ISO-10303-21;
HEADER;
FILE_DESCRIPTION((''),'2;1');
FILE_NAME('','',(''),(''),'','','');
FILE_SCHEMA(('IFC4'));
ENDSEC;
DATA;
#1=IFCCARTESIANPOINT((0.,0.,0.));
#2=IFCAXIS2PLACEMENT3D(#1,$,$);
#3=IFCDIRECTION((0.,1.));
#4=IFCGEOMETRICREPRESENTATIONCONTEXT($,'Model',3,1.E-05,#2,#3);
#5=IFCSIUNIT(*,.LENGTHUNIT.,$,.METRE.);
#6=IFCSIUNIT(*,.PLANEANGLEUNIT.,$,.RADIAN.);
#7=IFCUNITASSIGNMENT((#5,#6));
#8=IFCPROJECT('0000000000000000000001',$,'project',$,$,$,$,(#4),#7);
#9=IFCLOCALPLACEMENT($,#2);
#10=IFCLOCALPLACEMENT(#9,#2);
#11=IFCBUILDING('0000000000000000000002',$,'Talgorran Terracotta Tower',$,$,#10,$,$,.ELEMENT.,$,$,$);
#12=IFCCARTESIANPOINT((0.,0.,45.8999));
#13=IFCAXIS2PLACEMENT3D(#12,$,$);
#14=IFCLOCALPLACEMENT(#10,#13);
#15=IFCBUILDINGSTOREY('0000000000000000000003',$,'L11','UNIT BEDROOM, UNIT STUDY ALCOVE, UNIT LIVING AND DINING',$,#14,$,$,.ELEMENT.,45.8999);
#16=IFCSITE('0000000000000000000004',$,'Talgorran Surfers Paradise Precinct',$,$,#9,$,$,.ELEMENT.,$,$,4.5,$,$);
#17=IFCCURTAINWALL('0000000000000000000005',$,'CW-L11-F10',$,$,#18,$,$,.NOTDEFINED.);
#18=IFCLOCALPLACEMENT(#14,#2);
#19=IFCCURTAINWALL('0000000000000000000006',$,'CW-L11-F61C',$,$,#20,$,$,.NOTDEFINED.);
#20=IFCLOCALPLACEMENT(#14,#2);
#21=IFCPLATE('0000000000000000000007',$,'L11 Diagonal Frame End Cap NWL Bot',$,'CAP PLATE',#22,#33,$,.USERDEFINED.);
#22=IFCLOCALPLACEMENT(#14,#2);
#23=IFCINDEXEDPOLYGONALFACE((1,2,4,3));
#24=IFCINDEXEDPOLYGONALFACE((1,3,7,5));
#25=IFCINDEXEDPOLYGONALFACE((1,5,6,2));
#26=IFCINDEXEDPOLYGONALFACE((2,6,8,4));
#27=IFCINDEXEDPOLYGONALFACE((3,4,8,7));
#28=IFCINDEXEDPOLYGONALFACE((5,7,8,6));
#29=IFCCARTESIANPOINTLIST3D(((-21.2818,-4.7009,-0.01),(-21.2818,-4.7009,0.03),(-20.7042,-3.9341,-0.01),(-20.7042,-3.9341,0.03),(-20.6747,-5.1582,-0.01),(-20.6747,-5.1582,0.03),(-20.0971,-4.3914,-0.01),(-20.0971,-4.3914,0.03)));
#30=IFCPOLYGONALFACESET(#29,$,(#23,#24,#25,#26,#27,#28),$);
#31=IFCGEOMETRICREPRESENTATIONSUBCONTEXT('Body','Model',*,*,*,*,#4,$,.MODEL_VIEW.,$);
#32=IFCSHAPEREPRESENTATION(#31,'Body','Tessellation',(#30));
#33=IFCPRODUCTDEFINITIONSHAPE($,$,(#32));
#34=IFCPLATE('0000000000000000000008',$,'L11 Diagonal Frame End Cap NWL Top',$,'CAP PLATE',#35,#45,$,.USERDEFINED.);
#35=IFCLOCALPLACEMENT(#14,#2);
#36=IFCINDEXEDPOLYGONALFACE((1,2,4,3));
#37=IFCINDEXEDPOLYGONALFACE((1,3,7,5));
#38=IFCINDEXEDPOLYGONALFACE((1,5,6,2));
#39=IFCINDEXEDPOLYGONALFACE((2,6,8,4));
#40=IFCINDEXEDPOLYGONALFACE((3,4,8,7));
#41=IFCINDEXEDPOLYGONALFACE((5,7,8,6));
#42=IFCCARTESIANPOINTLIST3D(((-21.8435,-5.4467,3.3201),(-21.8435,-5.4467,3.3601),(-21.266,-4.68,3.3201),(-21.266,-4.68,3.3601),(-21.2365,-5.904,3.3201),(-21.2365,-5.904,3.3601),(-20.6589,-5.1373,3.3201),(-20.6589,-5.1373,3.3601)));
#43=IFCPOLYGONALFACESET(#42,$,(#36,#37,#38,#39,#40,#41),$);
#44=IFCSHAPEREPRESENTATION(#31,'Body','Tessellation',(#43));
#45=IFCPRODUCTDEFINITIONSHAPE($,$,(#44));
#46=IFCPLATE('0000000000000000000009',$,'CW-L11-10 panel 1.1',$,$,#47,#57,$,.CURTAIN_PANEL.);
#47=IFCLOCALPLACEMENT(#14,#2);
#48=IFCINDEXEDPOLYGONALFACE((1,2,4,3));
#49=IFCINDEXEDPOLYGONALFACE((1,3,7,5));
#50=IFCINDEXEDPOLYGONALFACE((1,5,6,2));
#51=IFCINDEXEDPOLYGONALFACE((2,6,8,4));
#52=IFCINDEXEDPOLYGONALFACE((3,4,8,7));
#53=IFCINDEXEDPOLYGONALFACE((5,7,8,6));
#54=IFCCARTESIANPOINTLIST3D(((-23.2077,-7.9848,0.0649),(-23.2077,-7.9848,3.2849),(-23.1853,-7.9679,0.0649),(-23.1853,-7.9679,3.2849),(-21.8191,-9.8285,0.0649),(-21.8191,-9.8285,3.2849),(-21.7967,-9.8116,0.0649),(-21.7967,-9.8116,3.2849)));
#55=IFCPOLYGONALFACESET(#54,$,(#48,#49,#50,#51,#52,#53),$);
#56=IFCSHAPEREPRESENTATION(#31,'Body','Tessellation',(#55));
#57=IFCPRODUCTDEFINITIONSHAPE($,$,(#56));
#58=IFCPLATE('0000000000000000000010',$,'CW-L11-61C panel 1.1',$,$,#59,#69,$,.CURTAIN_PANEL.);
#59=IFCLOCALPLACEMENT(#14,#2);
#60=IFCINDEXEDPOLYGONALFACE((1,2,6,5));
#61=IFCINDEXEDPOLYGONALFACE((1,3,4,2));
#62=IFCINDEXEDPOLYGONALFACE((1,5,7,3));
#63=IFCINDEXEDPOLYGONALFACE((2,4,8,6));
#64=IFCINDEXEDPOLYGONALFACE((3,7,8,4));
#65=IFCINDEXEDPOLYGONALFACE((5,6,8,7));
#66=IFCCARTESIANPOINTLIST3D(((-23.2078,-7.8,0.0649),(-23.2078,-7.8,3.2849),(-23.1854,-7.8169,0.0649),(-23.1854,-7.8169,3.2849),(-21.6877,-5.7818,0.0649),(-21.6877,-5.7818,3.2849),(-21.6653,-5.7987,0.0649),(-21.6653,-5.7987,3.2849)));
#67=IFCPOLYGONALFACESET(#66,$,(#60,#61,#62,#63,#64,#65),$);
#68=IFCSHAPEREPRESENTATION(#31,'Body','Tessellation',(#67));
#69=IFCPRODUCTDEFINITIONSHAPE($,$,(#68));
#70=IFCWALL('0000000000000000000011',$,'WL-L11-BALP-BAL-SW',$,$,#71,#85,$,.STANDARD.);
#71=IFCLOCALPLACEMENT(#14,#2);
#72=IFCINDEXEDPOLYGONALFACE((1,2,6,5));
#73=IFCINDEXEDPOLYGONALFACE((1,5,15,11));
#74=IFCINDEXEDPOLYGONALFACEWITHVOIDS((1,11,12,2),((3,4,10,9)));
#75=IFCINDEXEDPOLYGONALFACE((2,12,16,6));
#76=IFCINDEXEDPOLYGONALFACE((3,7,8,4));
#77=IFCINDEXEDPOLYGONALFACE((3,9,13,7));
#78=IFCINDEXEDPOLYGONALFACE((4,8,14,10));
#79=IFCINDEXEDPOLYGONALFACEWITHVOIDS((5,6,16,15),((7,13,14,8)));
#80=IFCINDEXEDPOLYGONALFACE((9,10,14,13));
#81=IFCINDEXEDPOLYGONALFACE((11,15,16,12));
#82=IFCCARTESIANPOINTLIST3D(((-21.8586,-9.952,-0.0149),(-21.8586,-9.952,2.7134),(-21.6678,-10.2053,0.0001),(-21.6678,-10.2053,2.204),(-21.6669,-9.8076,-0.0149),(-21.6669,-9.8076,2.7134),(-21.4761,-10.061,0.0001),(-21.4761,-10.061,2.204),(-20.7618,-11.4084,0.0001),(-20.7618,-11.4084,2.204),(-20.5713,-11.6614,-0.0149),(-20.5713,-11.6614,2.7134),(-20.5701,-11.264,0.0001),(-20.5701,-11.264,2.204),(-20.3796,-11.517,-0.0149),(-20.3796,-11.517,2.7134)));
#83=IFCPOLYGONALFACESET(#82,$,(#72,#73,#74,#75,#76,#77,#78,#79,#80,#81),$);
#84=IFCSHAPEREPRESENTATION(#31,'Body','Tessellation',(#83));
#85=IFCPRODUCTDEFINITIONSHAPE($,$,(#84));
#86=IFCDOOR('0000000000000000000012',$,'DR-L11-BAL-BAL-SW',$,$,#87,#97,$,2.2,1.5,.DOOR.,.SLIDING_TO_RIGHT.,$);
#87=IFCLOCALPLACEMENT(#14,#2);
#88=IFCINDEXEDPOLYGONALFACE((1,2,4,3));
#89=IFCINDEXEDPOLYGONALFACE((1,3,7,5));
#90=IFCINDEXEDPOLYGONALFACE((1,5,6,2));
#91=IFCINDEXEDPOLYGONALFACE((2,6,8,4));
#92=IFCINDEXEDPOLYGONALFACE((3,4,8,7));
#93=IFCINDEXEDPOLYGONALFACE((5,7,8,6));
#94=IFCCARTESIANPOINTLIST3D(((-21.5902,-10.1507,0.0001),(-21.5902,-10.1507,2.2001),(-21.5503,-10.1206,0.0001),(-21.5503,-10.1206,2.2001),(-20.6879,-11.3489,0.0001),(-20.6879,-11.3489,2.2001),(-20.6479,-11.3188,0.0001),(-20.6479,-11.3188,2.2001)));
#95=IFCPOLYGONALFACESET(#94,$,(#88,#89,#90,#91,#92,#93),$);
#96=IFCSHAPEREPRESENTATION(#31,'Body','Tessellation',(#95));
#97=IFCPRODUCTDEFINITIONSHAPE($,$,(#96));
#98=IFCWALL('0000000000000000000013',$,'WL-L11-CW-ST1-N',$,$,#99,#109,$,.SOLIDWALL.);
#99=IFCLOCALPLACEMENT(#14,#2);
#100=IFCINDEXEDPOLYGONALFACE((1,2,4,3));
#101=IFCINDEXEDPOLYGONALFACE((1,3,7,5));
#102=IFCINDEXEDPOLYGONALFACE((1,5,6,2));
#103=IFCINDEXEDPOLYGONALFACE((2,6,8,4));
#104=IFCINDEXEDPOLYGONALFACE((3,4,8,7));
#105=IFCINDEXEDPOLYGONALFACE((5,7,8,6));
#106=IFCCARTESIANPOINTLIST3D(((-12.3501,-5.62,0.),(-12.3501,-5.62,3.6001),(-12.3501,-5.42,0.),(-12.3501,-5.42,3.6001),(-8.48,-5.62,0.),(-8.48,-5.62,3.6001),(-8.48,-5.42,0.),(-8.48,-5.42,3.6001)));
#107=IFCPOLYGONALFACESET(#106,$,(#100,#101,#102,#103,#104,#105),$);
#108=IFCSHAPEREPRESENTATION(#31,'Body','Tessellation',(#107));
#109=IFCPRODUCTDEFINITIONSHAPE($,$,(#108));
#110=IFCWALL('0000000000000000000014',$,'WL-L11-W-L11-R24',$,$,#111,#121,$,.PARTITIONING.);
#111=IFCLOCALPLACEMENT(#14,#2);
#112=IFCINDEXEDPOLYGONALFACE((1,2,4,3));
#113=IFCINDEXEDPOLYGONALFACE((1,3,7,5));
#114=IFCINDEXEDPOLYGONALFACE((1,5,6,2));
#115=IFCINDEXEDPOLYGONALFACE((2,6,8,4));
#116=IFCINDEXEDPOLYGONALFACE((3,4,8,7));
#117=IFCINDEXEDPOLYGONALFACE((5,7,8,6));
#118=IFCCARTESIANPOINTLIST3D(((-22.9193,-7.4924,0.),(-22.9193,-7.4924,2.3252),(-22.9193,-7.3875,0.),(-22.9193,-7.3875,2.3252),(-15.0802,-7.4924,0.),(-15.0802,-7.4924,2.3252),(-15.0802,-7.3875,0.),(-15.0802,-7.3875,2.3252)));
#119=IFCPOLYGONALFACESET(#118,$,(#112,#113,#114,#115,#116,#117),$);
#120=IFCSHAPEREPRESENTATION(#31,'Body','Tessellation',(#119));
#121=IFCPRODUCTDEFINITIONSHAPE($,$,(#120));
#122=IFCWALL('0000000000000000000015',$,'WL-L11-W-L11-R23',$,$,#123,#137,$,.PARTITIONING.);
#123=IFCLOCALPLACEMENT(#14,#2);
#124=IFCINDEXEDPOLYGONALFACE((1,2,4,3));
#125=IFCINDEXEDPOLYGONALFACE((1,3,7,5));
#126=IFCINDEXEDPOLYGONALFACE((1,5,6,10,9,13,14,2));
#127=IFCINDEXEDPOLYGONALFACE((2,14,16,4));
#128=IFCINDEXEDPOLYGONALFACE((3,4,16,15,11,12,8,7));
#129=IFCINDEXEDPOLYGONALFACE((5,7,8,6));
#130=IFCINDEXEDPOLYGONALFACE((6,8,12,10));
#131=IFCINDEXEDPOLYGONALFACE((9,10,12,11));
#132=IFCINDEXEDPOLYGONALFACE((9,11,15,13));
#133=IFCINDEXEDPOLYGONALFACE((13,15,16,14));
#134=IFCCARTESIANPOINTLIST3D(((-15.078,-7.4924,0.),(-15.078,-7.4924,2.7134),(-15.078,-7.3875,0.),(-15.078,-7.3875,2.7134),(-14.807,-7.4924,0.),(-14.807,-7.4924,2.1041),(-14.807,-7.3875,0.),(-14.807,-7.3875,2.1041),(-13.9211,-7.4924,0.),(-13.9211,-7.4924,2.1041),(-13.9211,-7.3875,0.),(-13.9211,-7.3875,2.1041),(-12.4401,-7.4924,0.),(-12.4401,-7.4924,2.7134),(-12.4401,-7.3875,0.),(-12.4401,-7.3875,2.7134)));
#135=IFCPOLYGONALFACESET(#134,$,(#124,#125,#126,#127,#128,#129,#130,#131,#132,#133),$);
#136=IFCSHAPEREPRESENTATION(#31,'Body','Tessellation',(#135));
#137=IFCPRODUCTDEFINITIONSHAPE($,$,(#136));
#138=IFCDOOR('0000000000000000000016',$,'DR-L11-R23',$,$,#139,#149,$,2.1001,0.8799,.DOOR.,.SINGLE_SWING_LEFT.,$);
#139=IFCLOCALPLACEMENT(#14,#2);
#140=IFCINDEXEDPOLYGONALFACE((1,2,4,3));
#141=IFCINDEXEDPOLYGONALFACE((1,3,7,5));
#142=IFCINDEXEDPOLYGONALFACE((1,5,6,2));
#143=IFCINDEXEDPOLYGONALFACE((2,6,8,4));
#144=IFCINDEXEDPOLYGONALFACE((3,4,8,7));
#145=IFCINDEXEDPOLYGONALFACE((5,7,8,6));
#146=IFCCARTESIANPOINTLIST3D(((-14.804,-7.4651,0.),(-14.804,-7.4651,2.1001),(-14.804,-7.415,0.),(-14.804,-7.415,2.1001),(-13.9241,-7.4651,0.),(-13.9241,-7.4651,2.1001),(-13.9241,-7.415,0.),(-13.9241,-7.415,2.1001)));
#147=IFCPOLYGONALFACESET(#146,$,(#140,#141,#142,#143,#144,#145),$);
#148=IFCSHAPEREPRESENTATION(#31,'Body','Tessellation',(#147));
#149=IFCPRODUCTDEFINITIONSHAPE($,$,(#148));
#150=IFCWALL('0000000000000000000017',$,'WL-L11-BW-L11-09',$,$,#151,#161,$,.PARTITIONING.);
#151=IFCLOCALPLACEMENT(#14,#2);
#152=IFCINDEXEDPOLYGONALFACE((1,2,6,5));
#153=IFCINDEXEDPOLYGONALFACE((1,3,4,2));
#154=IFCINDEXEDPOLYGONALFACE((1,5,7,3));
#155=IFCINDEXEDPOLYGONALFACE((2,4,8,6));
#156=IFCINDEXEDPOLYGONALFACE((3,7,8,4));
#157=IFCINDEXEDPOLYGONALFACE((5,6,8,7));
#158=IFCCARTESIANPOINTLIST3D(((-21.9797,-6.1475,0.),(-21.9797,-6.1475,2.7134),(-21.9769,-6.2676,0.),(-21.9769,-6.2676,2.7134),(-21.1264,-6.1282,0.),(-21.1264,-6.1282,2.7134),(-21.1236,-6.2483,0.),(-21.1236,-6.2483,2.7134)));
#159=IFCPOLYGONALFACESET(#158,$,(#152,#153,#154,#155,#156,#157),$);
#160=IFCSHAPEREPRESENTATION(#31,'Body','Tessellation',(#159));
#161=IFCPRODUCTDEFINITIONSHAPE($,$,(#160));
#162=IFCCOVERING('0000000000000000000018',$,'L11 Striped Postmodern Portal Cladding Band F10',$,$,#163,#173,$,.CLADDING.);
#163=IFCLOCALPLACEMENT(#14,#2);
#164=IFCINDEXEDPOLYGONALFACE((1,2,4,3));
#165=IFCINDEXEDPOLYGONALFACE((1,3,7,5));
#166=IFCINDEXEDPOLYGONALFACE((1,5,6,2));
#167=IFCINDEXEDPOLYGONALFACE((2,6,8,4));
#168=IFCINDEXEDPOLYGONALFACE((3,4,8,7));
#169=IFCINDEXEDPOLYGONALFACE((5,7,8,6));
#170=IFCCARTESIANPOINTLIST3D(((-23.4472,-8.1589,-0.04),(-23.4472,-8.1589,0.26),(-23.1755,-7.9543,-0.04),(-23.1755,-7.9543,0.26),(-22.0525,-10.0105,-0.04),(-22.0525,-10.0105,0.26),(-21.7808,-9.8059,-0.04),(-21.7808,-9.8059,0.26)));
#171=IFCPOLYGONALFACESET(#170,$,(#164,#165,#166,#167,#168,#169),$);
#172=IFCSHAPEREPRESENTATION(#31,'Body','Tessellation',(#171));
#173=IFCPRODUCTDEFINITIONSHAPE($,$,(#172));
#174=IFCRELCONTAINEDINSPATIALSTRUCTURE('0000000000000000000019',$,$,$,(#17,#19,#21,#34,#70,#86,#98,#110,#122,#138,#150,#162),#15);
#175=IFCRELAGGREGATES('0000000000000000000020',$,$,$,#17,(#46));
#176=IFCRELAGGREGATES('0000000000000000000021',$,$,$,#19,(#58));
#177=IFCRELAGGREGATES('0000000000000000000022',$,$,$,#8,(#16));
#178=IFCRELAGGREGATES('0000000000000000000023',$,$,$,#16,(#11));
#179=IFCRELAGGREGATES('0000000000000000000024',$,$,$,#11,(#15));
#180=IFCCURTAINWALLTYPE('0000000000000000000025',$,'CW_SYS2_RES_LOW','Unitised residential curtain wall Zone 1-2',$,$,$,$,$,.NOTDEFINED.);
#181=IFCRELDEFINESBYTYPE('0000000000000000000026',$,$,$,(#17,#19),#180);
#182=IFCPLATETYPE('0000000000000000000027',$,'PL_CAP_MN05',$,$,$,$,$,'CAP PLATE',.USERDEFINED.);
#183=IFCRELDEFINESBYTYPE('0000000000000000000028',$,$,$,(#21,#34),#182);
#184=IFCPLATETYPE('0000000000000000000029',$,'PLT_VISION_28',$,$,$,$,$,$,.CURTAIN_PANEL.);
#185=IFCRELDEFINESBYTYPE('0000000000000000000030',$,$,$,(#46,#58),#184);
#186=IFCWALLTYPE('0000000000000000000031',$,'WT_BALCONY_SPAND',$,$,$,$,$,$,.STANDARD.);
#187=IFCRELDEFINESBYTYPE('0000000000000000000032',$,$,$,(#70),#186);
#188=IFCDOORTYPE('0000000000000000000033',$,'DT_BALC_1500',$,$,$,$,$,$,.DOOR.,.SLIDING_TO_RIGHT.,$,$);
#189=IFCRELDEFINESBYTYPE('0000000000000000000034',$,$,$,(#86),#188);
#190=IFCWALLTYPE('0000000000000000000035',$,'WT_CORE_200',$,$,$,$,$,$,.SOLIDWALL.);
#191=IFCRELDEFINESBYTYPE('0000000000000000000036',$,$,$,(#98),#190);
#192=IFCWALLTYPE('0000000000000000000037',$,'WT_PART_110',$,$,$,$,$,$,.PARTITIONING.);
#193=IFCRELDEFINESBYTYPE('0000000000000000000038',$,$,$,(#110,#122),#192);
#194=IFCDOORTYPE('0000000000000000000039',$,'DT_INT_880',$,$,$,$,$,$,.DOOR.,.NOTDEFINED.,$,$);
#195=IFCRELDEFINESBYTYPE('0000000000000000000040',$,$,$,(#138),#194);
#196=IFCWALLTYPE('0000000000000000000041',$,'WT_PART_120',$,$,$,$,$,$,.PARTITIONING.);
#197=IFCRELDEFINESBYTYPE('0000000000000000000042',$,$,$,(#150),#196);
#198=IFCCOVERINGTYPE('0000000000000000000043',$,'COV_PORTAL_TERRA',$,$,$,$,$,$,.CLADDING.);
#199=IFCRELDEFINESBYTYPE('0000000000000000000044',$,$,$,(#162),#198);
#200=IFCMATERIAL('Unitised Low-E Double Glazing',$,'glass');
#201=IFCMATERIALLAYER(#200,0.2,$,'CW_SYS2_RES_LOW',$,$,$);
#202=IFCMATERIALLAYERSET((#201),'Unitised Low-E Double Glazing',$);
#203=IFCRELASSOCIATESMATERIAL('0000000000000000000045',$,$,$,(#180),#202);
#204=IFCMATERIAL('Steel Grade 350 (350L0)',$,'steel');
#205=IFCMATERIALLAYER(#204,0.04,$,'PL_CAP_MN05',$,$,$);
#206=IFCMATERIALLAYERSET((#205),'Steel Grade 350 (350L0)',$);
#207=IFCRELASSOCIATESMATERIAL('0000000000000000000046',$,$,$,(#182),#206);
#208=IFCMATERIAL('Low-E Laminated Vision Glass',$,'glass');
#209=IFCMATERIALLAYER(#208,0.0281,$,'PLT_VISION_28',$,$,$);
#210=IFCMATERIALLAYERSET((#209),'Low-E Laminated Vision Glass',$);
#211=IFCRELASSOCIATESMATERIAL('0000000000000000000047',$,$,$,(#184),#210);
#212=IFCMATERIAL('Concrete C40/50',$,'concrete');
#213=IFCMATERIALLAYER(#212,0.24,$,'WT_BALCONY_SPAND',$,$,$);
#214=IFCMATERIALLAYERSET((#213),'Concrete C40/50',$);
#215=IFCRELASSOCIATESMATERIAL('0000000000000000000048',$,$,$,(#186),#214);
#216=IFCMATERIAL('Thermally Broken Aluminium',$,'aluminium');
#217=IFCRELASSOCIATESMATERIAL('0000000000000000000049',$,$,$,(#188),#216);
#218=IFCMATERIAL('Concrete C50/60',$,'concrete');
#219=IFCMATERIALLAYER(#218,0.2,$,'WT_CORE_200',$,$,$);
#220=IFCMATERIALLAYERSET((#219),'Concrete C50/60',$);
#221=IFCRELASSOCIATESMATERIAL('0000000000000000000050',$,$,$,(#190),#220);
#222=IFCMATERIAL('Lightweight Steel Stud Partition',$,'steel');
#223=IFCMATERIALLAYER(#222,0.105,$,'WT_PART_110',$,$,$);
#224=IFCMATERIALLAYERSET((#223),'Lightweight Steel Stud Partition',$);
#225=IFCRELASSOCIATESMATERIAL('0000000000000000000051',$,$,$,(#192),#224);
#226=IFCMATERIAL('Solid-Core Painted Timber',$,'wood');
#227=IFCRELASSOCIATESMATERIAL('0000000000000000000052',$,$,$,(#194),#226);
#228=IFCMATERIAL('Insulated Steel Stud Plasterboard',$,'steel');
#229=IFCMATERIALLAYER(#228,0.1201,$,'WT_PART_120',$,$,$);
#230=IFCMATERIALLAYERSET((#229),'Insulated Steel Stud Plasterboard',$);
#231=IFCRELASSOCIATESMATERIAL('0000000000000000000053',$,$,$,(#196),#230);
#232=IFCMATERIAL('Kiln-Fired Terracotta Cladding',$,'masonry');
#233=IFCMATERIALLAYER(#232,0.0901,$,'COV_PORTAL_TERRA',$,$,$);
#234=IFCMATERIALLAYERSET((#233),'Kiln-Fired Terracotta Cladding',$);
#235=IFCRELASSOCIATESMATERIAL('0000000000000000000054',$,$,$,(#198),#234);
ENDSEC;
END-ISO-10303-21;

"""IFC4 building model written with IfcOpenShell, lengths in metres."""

from ifc_helpers import new_model, si_unit, direction, frame, frame_2d, origin, origin_2d, place, context, subcontext, project, spatial, rectangle, extrude, source, transform, mapped, material, layer, layer_set, type_object, type_shapes, element, fill, aggregate, save


model = new_model("IFC4")

# Units and contexts
model_context = context("Model", 3, precision=1e-05, world=origin(), true_north=direction((0.0, 1.0)))
body_context = subcontext(model_context, "Body", "Model", "MODEL_VIEW")
ifc_project = project(units=[si_unit("LENGTHUNIT", "METRE"), si_unit("PLANEANGLEUNIT", "RADIAN")], contexts=[model_context])

# Site, building, storey
site_placement = place(None, origin())
site = spatial("IfcSite", under=ifc_project, at=site_placement, Name="Talgorran Surfers Paradise Precinct", CompositionType="ELEMENT", RefElevation=4.5)
building_placement = place(site_placement, origin())
building = spatial("IfcBuilding", under=site, at=building_placement, Name="Talgorran Terracotta Tower", CompositionType="ELEMENT")
storey_placement = place(building_placement, frame((0.0, 0.0, 45.8999)))
storey = spatial("IfcBuildingStorey", under=building, at=storey_placement, Name="L11", Description="UNIT BEDROOM, UNIT STUDY ALCOVE, UNIT LIVING AND DINING", CompositionType="ELEMENT", Elevation=45.8999)

# Shared definitions
ifc_material_1 = material(Name="Steel Grade 350 (350L0)", Category="steel")

# Curtain wall
ifc_material_2 = material(Name="Unitised Low-E Double Glazing", Category="glass")
ifc_layer_1 = layer(ifc_material_2, 0.2, Name="CW_SYS2_RES_LOW")
ifc_layer_set_1 = layer_set([ifc_layer_1], Name="Unitised Low-E Double Glazing")
curtain_wall_type = type_object("IfcCurtainWallType", Name="CW_SYS2_RES_LOW", Description="Unitised residential curtain wall Zone 1-2", PredefinedType="NOTDEFINED", material=ifc_layer_set_1)
curtain_wall_1_placement = place(storey_placement, origin())
curtain_wall_1 = element("IfcCurtainWall", 1, at=curtain_wall_1_placement, inside=storey, type_object=curtain_wall_type, Name="CW-L11-F10", PredefinedType="NOTDEFINED")

# Curtain wall
curtain_wall_2_placement = place(storey_placement, origin())
curtain_wall_2 = element("IfcCurtainWall", 2, at=curtain_wall_2_placement, inside=storey, type_object=curtain_wall_type, Name="CW-L11-F61C", PredefinedType="NOTDEFINED")

# Plates
ifc_layer_2 = layer(ifc_material_1, 0.04, Name="PL_CAP_MN05")
ifc_layer_set_2 = layer_set([ifc_layer_2], Name="Steel Grade 350 (350L0)")
plate_type_1 = type_object("IfcPlateType", Name="PL_CAP_MN05", ElementType="CAP PLATE", PredefinedType="USERDEFINED", material=ifc_layer_set_2)
for number, where, z_axis, x_axis, name in (
    (3, (-20.6895, -4.5461, -0.01), (0.0, 0.0, 1.0), (-0.601676, -0.798741, 0.0), "L11 Diagonal Frame End Cap NWL Bot"),
    (4, (-21.2512, -5.292, 3.3201), (0.0, 0.0, 1.0), (-0.601676, -0.798741, 0.0), "L11 Diagonal Frame End Cap NWL Top"),
):
    element("IfcPlate", number, at=place(storey_placement, frame(where, z_axis=z_axis, x_axis=x_axis)), inside=storey, type_object=plate_type_1, Name=name, ObjectType="CAP PLATE", PredefinedType="USERDEFINED", context=body_context, shape_type="SweptSolid", body=[
        extrude(rectangle(XDim=0.96, YDim=0.76, at=origin_2d()), origin(), (0.0, 0.0, 1.0), 0.04),
    ])

# Plates
ifc_material_3 = material(Name="Low-E Laminated Vision Glass", Category="glass")
ifc_layer_3 = layer(ifc_material_3, 0.0281, Name="PLT_VISION_28")
ifc_layer_set_3 = layer_set([ifc_layer_3], Name="Low-E Laminated Vision Glass")
plate_type_2 = type_object("IfcPlateType", Name="PLT_VISION_28", PredefinedType="CURTAIN_PANEL", material=ifc_layer_set_3)
shared_shape_1 = source(origin(), body_context, "Body", "SweptSolid", [
    extrude(rectangle(XDim=2.3081, YDim=0.0281, at=origin_2d()), origin(), (0.0, 0.0, 1.0), 3.22),
])
plate_1_placement = place(storey_placement, frame((-22.5022, -8.8982, 0.0649), z_axis=(0.0, 0.0, 1.0), x_axis=(0.601646, -0.798763, 0.0)))
plate_1 = element("IfcPlate", 5, at=plate_1_placement, type_object=plate_type_2, Name="CW-L11-10 panel 1.1", PredefinedType="CURTAIN_PANEL", context=body_context, shape_type="MappedRepresentation", body=[
    mapped(shared_shape_1, transform((0.0, 0.0, 0.0), scale=1.0)),
])
aggregate(curtain_wall_1, [plate_1])
shared_shape_2 = source(origin(), body_context, "Body", "SweptSolid", [
    extrude(rectangle(XDim=2.5266, YDim=0.0281, at=origin_2d()), origin(), (0.0, 0.0, 1.0), 3.22),
])
type_shapes(plate_type_2, [shared_shape_1, shared_shape_2])
plate_2_placement = place(storey_placement, frame((-22.4365, -6.7993, 0.0649), z_axis=(0.0, 0.0, 1.0), x_axis=(-0.601637, -0.79877, 0.0)))
plate_2 = element("IfcPlate", 6, at=plate_2_placement, type_object=plate_type_2, Name="CW-L11-61C panel 1.1", PredefinedType="CURTAIN_PANEL", context=body_context, shape_type="MappedRepresentation", body=[
    mapped(shared_shape_2, transform((0.0, 0.0, 0.0), scale=1.0)),
])
aggregate(curtain_wall_2, [plate_2])

# Wall, opening, door
ifc_material_4 = material(Name="Concrete C40/50", Category="concrete")
ifc_layer_4 = layer(ifc_material_4, 0.24, Name="WT_BALCONY_SPAND")
ifc_layer_set_4 = layer_set([ifc_layer_4], Name="Concrete C40/50")
wall_type_1 = type_object("IfcWallType", Name="WT_BALCONY_SPAND", PredefinedType="STANDARD", material=ifc_layer_set_4)
wall_1_placement = place(storey_placement, frame((-21.7627, -9.8799, -0.0149), z_axis=(0.0, 0.0, 1.0), x_axis=(0.601569, -0.798821, 0.0)))
wall_1 = element("IfcWall", 7, at=wall_1_placement, inside=storey, type_object=wall_type_1, Name="WL-L11-BALP-BAL-SW", PredefinedType="STANDARD", context=body_context, shape_type="SweptSolid", body=[
    extrude(rectangle(XDim=2.1399, YDim=0.24, at=frame_2d((1.0698, 0.0))), origin(), (0.0, 0.0, 1.0), 2.7283),
])
opening_1_placement = place(wall_1_placement, frame((0.3201, 0.0, 0.0149)))
opening_1 = element("IfcOpeningElement", 8, at=opening_1_placement, cuts=wall_1, PredefinedType="OPENING", context=body_context, shape_type="SweptSolid", body=[
    extrude(rectangle(XDim=1.506, YDim=2.204, at=frame_2d((0.75, 1.1021))), frame((0.0, 0.1299, 0.0), z_axis=(0.0, -1.0, 0.0), x_axis=(1.0, 0.0, 0.0)), (0.0, 0.0, 1.0), 0.26),
])
ifc_material_5 = material(Name="Thermally Broken Aluminium", Category="aluminium")
door_type_1 = type_object("IfcDoorType", Name="DT_BALC_1500", OperationType="SLIDING_TO_RIGHT", PredefinedType="DOOR", material=ifc_material_5)
door_1_placement = place(opening_1_placement, origin())
door_1 = element("IfcDoor", 9, at=door_1_placement, inside=storey, type_object=door_type_1, Name="DR-L11-BAL-BAL-SW", OperationType="SLIDING_TO_RIGHT", OverallHeight=2.2, OverallWidth=1.5, PredefinedType="DOOR", context=body_context, shape_type="SweptSolid", body=[
    extrude(rectangle(XDim=1.5, YDim=2.2, at=frame_2d((0.75, 1.1001))), frame((0.0, 0.0249, 0.0), z_axis=(0.0, -1.0, 0.0), x_axis=(1.0, 0.0, 0.0)), (0.0, 0.0, 1.0), 0.05),
])
fill(opening_1, door_1)

# Walls
ifc_material_6 = material(Name="Concrete C50/60", Category="concrete")
ifc_layer_5 = layer(ifc_material_6, 0.2, Name="WT_CORE_200")
ifc_layer_set_5 = layer_set([ifc_layer_5], Name="Concrete C50/60")
wall_type_2 = type_object("IfcWallType", Name="WT_CORE_200", PredefinedType="SOLIDWALL", material=ifc_layer_set_5)
wall_2_placement = place(storey_placement, frame((-12.3501, -5.52, 0.0), z_axis=(0.0, 0.0, 1.0), x_axis=(1.0, 0.0, 0.0)))
element("IfcWall", 10, at=wall_2_placement, inside=storey, type_object=wall_type_2, Name="WL-L11-CW-ST1-N", PredefinedType="SOLIDWALL", context=body_context, shape_type="SweptSolid", body=[
    extrude(rectangle(XDim=3.8701, YDim=0.2, at=frame_2d((1.9351, 0.0))), origin(), (0.0, 0.0, 1.0), 3.6001),
])
ifc_material_7 = material(Name="Lightweight Steel Stud Partition", Category="steel")
ifc_layer_6 = layer(ifc_material_7, 0.105, Name="WT_PART_110")
ifc_layer_set_6 = layer_set([ifc_layer_6], Name="Lightweight Steel Stud Partition")
wall_type_3 = type_object("IfcWallType", Name="WT_PART_110", PredefinedType="PARTITIONING", material=ifc_layer_set_6)
wall_3_placement = place(storey_placement, frame((-22.9192, -7.4399, 0.0), z_axis=(0.0, 0.0, 1.0), x_axis=(1.0, 0.0, 0.0)))
element("IfcWall", 11, at=wall_3_placement, inside=storey, type_object=wall_type_3, Name="WL-L11-W-L11-R24", PredefinedType="PARTITIONING", context=body_context, shape_type="SweptSolid", body=[
    extrude(rectangle(XDim=7.8391, YDim=0.105, at=frame_2d((3.9194, 0.0))), origin(), (0.0, 0.0, 1.0), 2.3252),
])

# Wall, opening, door
wall_4_placement = place(storey_placement, frame((-15.0779, -7.4399, 0.0), z_axis=(0.0, 0.0, 1.0), x_axis=(1.0, 0.0, 0.0)))
wall_4 = element("IfcWall", 12, at=wall_4_placement, inside=storey, type_object=wall_type_3, Name="WL-L11-W-L11-R23", PredefinedType="PARTITIONING", context=body_context, shape_type="SweptSolid", body=[
    extrude(rectangle(XDim=2.6379, YDim=0.105, at=frame_2d((1.3188, 0.0))), origin(), (0.0, 0.0, 1.0), 2.7134),
])
opening_2_placement = place(wall_4_placement, frame((0.2739, 0.0, 0.0)))
opening_2 = element("IfcOpeningElement", 13, at=opening_2_placement, cuts=wall_4, PredefinedType="OPENING", context=body_context, shape_type="SweptSolid", body=[
    extrude(rectangle(XDim=0.8859, YDim=2.1041, at=frame_2d((0.4399, 1.052))), frame((0.0, 0.0625, 0.0), z_axis=(0.0, -1.0, 0.0), x_axis=(1.0, 0.0, 0.0)), (0.0, 0.0, 1.0), 0.125),
])
ifc_material_8 = material(Name="Solid-Core Painted Timber", Category="wood")
door_type_2 = type_object("IfcDoorType", Name="DT_INT_880", OperationType="NOTDEFINED", PredefinedType="DOOR", material=ifc_material_8)
door_2_placement = place(opening_2_placement, origin())
door_2 = element("IfcDoor", 14, at=door_2_placement, inside=storey, type_object=door_type_2, Name="DR-L11-R23", OperationType="SINGLE_SWING_LEFT", OverallHeight=2.1001, OverallWidth=0.8799, PredefinedType="DOOR", context=body_context, shape_type="SweptSolid", body=[
    extrude(rectangle(XDim=0.8799, YDim=2.1001, at=frame_2d((0.4399, 1.05))), frame((0.0, 0.0249, 0.0), z_axis=(0.0, -1.0, 0.0), x_axis=(1.0, 0.0, 0.0)), (0.0, 0.0, 1.0), 0.05),
])
fill(opening_2, door_2)

# Wall
ifc_material_9 = material(Name="Insulated Steel Stud Plasterboard", Category="steel")
ifc_layer_7 = layer(ifc_material_9, 0.1201, Name="WT_PART_120")
ifc_layer_set_7 = layer_set([ifc_layer_7], Name="Insulated Steel Stud Plasterboard")
wall_type_4 = type_object("IfcWallType", Name="WT_PART_120", PredefinedType="PARTITIONING", material=ifc_layer_set_7)
wall_5_placement = place(storey_placement, frame((-21.125, -6.1882, 0.0), z_axis=(0.0, 0.0, 1.0), x_axis=(-0.999745, -0.022598, 0.0)))
element("IfcWall", 15, at=wall_5_placement, inside=storey, type_object=wall_type_4, Name="WL-L11-BW-L11-09", PredefinedType="PARTITIONING", context=body_context, shape_type="SweptSolid", body=[
    extrude(rectangle(XDim=0.8535, YDim=0.1201, at=frame_2d((0.4268, 0.0))), origin(), (0.0, 0.0, 1.0), 2.7134),
])

# Covering
ifc_material_10 = material(Name="Kiln-Fired Terracotta Cladding", Category="masonry")
ifc_layer_8 = layer(ifc_material_10, 0.0901, Name="COV_PORTAL_TERRA")
ifc_layer_set_8 = layer_set([ifc_layer_8], Name="Kiln-Fired Terracotta Cladding")
covering_type = type_object("IfcCoveringType", Name="COV_PORTAL_TERRA", PredefinedType="CLADDING", material=ifc_layer_set_8)
covering_placement = place(storey_placement, frame((-22.614, -8.9824, -0.04), z_axis=(0.0, 0.0, 1.0), x_axis=(0.601648, -0.798762, 0.0)))
element("IfcCovering", 16, at=covering_placement, inside=storey, type_object=covering_type, Name="L11 Striped Postmodern Portal Cladding Band F10", PredefinedType="CLADDING", context=body_context, shape_type="SweptSolid", body=[
    extrude(rectangle(XDim=2.3181, YDim=0.3401, at=origin_2d()), origin(), (0.0, 0.0, 1.0), 0.3),
])

save(model, "model.ifc")
